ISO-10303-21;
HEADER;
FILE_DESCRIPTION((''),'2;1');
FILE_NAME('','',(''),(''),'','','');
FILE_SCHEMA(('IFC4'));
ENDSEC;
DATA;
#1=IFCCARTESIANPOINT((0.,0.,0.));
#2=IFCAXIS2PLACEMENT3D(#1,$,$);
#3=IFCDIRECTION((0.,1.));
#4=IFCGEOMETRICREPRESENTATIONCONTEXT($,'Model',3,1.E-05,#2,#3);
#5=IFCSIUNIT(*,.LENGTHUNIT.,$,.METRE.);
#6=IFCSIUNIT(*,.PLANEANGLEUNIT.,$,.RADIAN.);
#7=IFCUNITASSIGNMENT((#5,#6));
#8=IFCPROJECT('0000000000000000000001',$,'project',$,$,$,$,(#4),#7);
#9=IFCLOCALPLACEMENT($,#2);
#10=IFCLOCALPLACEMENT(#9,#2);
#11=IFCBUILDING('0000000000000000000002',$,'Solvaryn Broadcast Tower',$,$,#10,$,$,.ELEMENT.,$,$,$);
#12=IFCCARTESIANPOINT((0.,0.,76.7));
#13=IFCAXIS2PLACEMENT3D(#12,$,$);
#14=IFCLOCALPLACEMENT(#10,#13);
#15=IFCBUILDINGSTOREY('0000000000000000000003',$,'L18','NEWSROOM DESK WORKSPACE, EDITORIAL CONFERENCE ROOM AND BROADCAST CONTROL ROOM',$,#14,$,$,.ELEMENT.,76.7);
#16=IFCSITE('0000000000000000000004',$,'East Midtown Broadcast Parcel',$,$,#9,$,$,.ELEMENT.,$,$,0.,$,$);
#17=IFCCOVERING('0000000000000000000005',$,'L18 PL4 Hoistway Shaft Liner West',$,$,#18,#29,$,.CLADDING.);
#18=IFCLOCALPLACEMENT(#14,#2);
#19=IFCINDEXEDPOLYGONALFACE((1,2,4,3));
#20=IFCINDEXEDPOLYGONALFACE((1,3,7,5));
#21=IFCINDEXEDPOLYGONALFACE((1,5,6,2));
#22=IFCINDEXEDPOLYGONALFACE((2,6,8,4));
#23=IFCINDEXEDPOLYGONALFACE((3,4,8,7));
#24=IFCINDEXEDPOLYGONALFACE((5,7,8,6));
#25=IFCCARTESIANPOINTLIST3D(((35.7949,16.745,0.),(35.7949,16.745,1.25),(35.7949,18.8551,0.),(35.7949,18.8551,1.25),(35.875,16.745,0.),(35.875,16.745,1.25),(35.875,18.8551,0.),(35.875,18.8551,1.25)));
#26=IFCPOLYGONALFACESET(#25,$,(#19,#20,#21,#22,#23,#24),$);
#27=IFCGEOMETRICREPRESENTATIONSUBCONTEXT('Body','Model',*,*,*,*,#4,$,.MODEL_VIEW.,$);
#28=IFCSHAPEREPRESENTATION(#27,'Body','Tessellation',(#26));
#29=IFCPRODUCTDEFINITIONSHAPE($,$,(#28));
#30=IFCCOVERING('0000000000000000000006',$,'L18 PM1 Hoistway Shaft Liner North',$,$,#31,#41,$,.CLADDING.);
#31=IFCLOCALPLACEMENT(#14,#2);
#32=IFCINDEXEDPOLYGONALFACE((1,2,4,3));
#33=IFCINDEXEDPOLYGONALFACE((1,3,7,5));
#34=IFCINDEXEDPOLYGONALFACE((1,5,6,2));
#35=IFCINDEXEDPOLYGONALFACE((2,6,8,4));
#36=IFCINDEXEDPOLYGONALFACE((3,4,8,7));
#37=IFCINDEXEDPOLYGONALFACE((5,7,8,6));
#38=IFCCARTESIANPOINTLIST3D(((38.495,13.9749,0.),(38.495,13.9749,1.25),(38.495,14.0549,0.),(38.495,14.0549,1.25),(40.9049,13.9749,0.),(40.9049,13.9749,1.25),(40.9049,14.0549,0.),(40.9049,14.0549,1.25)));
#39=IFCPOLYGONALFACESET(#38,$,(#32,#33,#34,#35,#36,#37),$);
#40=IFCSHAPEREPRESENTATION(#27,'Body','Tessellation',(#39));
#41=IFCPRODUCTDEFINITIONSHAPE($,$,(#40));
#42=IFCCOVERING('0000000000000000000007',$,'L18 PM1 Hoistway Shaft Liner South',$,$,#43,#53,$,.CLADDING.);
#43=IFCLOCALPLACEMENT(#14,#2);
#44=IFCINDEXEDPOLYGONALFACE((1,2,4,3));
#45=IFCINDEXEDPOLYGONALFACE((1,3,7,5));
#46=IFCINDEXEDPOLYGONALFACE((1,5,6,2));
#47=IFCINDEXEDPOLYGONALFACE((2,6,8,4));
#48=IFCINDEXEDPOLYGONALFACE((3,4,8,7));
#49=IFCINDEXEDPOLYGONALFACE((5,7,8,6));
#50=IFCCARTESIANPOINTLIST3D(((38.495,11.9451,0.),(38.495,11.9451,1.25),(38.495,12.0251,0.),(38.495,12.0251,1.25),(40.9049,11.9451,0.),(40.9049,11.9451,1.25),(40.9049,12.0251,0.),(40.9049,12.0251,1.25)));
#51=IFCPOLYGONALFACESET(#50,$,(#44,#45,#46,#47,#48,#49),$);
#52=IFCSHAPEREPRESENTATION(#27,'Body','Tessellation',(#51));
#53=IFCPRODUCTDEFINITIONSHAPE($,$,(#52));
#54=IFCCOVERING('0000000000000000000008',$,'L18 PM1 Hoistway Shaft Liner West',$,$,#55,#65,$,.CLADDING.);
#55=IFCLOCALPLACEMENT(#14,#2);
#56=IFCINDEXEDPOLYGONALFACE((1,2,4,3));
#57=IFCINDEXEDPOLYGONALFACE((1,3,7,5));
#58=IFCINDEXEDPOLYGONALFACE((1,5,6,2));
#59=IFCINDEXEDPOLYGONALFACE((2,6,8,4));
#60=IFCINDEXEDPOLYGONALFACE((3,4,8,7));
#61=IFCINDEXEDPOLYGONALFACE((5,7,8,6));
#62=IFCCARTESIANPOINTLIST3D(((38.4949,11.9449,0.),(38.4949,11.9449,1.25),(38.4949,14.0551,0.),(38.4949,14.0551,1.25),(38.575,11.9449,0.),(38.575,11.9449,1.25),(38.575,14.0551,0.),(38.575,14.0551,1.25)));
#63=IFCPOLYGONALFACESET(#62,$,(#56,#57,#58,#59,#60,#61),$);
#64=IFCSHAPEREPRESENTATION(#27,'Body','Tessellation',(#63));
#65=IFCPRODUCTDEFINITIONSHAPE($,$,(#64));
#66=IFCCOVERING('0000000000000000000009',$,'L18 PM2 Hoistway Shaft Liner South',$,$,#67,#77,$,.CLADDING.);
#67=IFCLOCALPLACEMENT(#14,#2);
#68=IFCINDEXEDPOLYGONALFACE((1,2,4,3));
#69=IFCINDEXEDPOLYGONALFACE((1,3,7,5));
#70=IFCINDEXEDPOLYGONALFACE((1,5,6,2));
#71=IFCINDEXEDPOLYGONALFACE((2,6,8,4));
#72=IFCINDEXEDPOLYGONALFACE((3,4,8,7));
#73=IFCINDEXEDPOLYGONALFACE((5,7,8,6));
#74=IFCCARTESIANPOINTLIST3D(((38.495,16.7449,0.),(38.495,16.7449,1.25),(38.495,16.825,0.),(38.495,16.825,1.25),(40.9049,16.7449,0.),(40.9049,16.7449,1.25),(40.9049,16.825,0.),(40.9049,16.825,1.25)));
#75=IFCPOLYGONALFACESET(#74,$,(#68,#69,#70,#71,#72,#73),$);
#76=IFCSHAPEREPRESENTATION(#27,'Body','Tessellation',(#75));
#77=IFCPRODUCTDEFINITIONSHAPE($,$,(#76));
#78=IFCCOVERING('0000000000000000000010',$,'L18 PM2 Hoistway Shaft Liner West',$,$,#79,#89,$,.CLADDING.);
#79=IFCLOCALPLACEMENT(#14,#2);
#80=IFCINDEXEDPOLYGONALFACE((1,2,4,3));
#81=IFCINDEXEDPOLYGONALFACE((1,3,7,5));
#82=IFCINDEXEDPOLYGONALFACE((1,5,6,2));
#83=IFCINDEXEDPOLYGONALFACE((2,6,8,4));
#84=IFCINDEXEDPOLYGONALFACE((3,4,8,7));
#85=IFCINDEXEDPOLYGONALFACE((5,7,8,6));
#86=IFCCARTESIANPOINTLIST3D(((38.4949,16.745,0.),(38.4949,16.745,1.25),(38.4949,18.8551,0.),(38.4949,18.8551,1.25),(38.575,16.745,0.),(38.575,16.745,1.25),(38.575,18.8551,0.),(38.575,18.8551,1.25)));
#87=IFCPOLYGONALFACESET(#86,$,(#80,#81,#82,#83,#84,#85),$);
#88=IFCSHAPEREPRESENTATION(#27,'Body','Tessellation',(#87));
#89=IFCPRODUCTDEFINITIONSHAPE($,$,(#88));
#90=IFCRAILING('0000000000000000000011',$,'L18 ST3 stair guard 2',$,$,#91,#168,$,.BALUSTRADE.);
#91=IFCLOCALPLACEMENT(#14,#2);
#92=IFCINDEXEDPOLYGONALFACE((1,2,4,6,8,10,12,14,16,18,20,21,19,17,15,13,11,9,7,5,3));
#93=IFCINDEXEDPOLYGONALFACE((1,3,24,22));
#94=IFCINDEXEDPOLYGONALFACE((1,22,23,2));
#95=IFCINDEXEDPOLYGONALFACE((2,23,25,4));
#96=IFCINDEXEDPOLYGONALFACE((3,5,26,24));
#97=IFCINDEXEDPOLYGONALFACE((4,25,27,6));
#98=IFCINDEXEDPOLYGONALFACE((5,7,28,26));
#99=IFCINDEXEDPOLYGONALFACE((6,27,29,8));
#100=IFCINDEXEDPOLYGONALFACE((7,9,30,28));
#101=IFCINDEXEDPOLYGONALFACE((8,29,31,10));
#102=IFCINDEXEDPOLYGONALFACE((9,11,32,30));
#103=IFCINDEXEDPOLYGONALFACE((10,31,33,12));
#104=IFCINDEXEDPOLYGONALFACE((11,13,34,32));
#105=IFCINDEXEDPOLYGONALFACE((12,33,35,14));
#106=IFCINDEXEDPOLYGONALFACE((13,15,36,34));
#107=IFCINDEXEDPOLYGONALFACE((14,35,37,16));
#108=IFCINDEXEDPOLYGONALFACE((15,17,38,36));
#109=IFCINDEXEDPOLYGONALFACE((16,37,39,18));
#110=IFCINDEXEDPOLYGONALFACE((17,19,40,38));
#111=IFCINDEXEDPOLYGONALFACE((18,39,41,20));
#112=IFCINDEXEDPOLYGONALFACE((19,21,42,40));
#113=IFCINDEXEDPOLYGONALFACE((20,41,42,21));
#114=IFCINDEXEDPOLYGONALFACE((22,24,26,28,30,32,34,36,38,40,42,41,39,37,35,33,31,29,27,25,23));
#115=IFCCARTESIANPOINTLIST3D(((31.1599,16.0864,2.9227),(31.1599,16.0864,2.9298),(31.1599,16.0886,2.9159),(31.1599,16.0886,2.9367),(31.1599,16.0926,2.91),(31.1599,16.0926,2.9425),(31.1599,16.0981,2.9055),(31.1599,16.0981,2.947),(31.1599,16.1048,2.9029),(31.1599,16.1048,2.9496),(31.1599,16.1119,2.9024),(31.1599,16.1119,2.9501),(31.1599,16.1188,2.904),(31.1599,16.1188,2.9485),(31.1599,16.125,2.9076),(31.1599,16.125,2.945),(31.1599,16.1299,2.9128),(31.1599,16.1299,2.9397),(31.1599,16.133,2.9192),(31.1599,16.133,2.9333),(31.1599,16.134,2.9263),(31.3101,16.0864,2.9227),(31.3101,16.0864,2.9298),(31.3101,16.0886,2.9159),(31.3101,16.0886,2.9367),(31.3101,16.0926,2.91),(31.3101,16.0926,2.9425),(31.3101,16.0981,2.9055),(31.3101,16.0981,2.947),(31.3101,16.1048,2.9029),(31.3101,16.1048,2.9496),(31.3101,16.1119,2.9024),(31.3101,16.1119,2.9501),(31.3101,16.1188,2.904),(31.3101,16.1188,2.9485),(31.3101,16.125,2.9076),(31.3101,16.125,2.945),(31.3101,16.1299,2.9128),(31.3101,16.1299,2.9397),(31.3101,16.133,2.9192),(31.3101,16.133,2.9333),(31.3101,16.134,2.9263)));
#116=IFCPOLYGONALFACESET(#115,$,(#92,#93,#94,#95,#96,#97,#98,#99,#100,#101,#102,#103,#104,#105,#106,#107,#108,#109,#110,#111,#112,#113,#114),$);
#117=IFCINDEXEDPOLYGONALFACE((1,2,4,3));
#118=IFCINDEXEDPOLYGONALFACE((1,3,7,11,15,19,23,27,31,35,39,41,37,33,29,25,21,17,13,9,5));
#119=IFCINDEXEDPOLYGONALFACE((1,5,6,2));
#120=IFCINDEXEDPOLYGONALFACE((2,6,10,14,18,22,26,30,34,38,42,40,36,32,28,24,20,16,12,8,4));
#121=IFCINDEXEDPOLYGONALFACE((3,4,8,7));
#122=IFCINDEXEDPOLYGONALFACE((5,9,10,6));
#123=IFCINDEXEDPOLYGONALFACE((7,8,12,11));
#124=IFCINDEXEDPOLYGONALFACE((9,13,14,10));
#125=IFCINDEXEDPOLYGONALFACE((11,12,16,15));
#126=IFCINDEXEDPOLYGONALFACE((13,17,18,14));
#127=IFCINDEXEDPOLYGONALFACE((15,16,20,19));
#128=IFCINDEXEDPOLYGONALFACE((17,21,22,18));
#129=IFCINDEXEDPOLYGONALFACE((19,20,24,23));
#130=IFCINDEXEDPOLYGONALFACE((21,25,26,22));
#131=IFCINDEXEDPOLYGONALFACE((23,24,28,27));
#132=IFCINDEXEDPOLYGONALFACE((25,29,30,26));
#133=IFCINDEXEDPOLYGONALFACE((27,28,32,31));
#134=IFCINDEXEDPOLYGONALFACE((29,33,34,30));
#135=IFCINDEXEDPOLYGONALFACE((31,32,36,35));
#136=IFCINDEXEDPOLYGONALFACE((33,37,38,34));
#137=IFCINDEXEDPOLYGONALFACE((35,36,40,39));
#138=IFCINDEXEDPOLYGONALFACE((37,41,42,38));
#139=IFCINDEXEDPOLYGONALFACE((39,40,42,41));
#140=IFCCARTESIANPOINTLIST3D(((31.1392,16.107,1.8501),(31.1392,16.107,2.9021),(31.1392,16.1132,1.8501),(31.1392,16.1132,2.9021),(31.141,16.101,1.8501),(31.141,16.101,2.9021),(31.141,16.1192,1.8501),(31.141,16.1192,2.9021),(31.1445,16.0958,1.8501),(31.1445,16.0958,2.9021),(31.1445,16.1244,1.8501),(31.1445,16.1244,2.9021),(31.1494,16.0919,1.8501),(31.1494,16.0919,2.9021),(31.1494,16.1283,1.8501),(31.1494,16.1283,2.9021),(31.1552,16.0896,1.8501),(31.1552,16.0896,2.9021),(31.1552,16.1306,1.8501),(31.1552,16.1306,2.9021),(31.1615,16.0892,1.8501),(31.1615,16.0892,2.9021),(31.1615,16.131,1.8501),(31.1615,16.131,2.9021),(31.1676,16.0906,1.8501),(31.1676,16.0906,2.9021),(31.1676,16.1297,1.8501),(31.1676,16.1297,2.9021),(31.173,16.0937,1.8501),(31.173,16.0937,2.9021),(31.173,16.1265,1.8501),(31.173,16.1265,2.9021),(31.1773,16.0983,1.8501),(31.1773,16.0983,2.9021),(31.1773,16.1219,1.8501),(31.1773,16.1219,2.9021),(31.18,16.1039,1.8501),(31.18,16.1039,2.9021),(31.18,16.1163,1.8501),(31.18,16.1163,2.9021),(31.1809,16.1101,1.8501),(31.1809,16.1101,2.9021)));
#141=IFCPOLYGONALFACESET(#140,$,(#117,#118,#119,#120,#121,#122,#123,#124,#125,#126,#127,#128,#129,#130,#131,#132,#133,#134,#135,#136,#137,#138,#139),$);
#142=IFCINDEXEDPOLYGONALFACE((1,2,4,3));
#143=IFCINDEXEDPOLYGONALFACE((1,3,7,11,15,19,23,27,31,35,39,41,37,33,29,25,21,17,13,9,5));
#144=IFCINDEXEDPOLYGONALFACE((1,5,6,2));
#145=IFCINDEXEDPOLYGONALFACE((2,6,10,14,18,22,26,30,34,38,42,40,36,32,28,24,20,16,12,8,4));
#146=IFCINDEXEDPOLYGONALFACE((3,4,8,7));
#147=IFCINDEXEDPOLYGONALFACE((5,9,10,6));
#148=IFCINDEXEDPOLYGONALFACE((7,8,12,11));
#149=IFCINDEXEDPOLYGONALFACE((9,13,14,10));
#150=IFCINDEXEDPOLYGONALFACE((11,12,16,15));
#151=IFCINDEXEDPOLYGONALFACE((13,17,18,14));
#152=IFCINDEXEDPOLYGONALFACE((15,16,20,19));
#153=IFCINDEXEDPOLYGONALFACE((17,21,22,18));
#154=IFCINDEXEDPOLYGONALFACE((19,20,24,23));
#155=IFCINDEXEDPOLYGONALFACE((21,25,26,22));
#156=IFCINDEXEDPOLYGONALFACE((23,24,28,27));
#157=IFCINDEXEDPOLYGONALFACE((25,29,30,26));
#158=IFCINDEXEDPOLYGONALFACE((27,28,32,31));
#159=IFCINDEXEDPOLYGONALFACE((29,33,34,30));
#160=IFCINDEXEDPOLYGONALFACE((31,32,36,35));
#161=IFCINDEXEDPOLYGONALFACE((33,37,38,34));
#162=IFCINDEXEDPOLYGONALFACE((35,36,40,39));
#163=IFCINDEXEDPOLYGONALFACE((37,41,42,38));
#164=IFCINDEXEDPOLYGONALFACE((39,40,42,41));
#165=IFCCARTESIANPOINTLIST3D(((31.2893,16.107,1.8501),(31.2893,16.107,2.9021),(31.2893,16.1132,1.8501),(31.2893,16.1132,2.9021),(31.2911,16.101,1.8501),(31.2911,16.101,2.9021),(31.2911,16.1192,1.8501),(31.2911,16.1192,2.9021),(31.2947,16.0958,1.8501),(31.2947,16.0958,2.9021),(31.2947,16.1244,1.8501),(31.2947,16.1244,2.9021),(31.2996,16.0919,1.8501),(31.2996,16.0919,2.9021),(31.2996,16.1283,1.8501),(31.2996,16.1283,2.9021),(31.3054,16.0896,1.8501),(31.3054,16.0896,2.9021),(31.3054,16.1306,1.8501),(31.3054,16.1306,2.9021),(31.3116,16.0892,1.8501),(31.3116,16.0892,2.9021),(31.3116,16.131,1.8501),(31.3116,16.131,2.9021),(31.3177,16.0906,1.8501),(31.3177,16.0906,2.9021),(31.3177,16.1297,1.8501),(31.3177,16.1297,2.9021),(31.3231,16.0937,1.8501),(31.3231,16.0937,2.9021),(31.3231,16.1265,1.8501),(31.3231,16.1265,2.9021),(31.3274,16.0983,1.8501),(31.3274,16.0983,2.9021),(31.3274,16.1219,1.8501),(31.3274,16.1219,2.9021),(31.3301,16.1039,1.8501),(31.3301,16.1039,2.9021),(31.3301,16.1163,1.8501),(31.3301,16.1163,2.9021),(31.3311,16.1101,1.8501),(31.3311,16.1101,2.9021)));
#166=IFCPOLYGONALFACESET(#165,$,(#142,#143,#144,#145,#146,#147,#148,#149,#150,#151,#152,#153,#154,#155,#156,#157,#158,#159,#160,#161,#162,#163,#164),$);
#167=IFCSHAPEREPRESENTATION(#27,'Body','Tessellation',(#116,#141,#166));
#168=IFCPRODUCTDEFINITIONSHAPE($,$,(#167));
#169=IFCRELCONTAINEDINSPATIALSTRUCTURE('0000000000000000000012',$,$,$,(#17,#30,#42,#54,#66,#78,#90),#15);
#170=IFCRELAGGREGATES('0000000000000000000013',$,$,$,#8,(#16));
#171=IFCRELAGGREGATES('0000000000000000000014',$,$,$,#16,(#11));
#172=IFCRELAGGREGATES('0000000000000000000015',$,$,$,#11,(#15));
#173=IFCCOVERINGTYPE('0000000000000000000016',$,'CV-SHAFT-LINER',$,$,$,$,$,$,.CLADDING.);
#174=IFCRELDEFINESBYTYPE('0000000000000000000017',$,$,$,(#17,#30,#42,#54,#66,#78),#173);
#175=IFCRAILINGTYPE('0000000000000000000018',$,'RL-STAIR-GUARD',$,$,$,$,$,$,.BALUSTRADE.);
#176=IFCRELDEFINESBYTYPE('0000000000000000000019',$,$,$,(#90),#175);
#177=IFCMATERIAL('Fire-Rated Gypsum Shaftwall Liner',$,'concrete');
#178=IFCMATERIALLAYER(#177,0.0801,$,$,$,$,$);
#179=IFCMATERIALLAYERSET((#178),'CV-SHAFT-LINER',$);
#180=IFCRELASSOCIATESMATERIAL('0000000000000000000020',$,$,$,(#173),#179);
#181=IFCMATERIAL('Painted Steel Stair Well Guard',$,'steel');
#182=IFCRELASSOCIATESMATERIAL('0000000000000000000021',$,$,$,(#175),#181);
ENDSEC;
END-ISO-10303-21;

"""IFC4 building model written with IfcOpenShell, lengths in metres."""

from ifc_helpers import new_model, si_unit, direction, frame, origin, origin_2d, place, context, subcontext, project, spatial, rectangle, circle, extrude, material, layer, layer_set, type_object, element, save


model = new_model("IFC4")

# Units and contexts
model_context = context("Model", 3, precision=1e-05, world=origin(), true_north=direction((0.0, 1.0)))
body_context = subcontext(model_context, "Body", "Model", "MODEL_VIEW")
ifc_project = project(units=[si_unit("LENGTHUNIT", "METRE"), si_unit("PLANEANGLEUNIT", "RADIAN")], contexts=[model_context])

# Site, building, storey
site_placement = place(None, origin())
site = spatial("IfcSite", under=ifc_project, at=site_placement, Name="East Midtown Broadcast Parcel", CompositionType="ELEMENT", RefElevation=0.0)
building_placement = place(site_placement, origin())
building = spatial("IfcBuilding", under=site, at=building_placement, Name="Solvaryn Broadcast Tower", CompositionType="ELEMENT")
storey_placement = place(building_placement, frame((0.0, 0.0, 76.7)))
storey = spatial("IfcBuildingStorey", under=building, at=storey_placement, Name="L18", Description="NEWSROOM DESK WORKSPACE, EDITORIAL CONFERENCE ROOM AND BROADCAST CONTROL ROOM", CompositionType="ELEMENT", Elevation=76.7)

# Coverings
ifc_material_1 = material(Name="Fire-Rated Gypsum Shaftwall Liner", Category="concrete")
ifc_layer_1 = layer(ifc_material_1, 0.0801)
ifc_layer_set_1 = layer_set([ifc_layer_1], Name="CV-SHAFT-LINER")
covering_type = type_object("IfcCoveringType", Name="CV-SHAFT-LINER", PredefinedType="CLADDING", material=ifc_layer_set_1)
for number, where, z_axis, x_axis, name in (
    (1, (35.835, 17.8, 0.0), (0.0, 0.0, 1.0), (1.0, 0.0, 0.0), "L18 PL4 Hoistway Shaft Liner West"),
):
    element("IfcCovering", number, at=place(storey_placement, frame(where, z_axis=z_axis, x_axis=x_axis)), inside=storey, type_object=covering_type, Name=name, PredefinedType="CLADDING", context=body_context, shape_type="SweptSolid", body=[
        extrude(rectangle(XDim=0.0801, YDim=2.1101, at=origin_2d()), origin(), (0.0, 0.0, 1.0), 1.25),
    ])
for number, where, z_axis, x_axis, name in (
    (2, (39.7, 14.0149, 0.0), (0.0, 0.0, 1.0), (1.0, 0.0, 0.0), "L18 PM1 Hoistway Shaft Liner North"),
    (3, (39.7, 11.9851, 0.0), (0.0, 0.0, 1.0), (1.0, 0.0, 0.0), "L18 PM1 Hoistway Shaft Liner South"),
):
    element("IfcCovering", number, at=place(storey_placement, frame(where, z_axis=z_axis, x_axis=x_axis)), inside=storey, type_object=covering_type, Name=name, PredefinedType="CLADDING", context=body_context, shape_type="SweptSolid", body=[
        extrude(rectangle(XDim=2.4099, YDim=0.0801, at=origin_2d()), origin(), (0.0, 0.0, 1.0), 1.25),
    ])
covering_1_placement = place(storey_placement, frame((38.5349, 13.0, 0.0), z_axis=(0.0, 0.0, 1.0), x_axis=(1.0, 0.0, 0.0)))
element("IfcCovering", 4, at=covering_1_placement, inside=storey, type_object=covering_type, Name="L18 PM1 Hoistway Shaft Liner West", PredefinedType="CLADDING", context=body_context, shape_type="SweptSolid", body=[
    extrude(rectangle(XDim=0.0801, YDim=2.1101, at=origin_2d()), origin(), (0.0, 0.0, 1.0), 1.25),
])
covering_2_placement = place(storey_placement, frame((39.7, 16.7849, 0.0), z_axis=(0.0, 0.0, 1.0), x_axis=(1.0, 0.0, 0.0)))
element("IfcCovering", 5, at=covering_2_placement, inside=storey, type_object=covering_type, Name="L18 PM2 Hoistway Shaft Liner South", PredefinedType="CLADDING", context=body_context, shape_type="SweptSolid", body=[
    extrude(rectangle(XDim=2.4099, YDim=0.0801, at=origin_2d()), origin(), (0.0, 0.0, 1.0), 1.25),
])
covering_3_placement = place(storey_placement, frame((38.5349, 17.8, 0.0), z_axis=(0.0, 0.0, 1.0), x_axis=(1.0, 0.0, 0.0)))
element("IfcCovering", 6, at=covering_3_placement, inside=storey, type_object=covering_type, Name="L18 PM2 Hoistway Shaft Liner West", PredefinedType="CLADDING", context=body_context, shape_type="SweptSolid", body=[
    extrude(rectangle(XDim=0.0801, YDim=2.1101, at=origin_2d()), origin(), (0.0, 0.0, 1.0), 1.25),
])

# Railing
ifc_material_2 = material(Name="Painted Steel Stair Well Guard", Category="steel")
railing_type_1 = type_object("IfcRailingType", Name="RL-STAIR-GUARD", PredefinedType="BALUSTRADE", material=ifc_material_2)
railing_1_placement = place(storey_placement, frame((31.1599, 16.1101, 1.8501)))
element("IfcRailing", 7, at=railing_1_placement, inside=storey, type_object=railing_type_1, Name="L18 ST3 stair guard 2", PredefinedType="BALUSTRADE", context=body_context, shape_type="SweptSolid", body=[
    extrude(circle(Radius=0.0239, at=origin_2d()), frame((0.0, 0.0, 1.0762), z_axis=(1.0, 0.0, 0.0), x_axis=(0.0, 1.0, 0.0)), (0.0, 0.0, 1.0), 0.1501),
    extrude(circle(Radius=0.021, at=origin_2d()), origin(), (0.0, 0.0, 1.0), 1.052),
    extrude(circle(Radius=0.021, at=origin_2d()), frame((0.1501, 0.0, 0.0)), (0.0, 0.0, 1.0), 1.052),
])

save(model, "model.ifc")
